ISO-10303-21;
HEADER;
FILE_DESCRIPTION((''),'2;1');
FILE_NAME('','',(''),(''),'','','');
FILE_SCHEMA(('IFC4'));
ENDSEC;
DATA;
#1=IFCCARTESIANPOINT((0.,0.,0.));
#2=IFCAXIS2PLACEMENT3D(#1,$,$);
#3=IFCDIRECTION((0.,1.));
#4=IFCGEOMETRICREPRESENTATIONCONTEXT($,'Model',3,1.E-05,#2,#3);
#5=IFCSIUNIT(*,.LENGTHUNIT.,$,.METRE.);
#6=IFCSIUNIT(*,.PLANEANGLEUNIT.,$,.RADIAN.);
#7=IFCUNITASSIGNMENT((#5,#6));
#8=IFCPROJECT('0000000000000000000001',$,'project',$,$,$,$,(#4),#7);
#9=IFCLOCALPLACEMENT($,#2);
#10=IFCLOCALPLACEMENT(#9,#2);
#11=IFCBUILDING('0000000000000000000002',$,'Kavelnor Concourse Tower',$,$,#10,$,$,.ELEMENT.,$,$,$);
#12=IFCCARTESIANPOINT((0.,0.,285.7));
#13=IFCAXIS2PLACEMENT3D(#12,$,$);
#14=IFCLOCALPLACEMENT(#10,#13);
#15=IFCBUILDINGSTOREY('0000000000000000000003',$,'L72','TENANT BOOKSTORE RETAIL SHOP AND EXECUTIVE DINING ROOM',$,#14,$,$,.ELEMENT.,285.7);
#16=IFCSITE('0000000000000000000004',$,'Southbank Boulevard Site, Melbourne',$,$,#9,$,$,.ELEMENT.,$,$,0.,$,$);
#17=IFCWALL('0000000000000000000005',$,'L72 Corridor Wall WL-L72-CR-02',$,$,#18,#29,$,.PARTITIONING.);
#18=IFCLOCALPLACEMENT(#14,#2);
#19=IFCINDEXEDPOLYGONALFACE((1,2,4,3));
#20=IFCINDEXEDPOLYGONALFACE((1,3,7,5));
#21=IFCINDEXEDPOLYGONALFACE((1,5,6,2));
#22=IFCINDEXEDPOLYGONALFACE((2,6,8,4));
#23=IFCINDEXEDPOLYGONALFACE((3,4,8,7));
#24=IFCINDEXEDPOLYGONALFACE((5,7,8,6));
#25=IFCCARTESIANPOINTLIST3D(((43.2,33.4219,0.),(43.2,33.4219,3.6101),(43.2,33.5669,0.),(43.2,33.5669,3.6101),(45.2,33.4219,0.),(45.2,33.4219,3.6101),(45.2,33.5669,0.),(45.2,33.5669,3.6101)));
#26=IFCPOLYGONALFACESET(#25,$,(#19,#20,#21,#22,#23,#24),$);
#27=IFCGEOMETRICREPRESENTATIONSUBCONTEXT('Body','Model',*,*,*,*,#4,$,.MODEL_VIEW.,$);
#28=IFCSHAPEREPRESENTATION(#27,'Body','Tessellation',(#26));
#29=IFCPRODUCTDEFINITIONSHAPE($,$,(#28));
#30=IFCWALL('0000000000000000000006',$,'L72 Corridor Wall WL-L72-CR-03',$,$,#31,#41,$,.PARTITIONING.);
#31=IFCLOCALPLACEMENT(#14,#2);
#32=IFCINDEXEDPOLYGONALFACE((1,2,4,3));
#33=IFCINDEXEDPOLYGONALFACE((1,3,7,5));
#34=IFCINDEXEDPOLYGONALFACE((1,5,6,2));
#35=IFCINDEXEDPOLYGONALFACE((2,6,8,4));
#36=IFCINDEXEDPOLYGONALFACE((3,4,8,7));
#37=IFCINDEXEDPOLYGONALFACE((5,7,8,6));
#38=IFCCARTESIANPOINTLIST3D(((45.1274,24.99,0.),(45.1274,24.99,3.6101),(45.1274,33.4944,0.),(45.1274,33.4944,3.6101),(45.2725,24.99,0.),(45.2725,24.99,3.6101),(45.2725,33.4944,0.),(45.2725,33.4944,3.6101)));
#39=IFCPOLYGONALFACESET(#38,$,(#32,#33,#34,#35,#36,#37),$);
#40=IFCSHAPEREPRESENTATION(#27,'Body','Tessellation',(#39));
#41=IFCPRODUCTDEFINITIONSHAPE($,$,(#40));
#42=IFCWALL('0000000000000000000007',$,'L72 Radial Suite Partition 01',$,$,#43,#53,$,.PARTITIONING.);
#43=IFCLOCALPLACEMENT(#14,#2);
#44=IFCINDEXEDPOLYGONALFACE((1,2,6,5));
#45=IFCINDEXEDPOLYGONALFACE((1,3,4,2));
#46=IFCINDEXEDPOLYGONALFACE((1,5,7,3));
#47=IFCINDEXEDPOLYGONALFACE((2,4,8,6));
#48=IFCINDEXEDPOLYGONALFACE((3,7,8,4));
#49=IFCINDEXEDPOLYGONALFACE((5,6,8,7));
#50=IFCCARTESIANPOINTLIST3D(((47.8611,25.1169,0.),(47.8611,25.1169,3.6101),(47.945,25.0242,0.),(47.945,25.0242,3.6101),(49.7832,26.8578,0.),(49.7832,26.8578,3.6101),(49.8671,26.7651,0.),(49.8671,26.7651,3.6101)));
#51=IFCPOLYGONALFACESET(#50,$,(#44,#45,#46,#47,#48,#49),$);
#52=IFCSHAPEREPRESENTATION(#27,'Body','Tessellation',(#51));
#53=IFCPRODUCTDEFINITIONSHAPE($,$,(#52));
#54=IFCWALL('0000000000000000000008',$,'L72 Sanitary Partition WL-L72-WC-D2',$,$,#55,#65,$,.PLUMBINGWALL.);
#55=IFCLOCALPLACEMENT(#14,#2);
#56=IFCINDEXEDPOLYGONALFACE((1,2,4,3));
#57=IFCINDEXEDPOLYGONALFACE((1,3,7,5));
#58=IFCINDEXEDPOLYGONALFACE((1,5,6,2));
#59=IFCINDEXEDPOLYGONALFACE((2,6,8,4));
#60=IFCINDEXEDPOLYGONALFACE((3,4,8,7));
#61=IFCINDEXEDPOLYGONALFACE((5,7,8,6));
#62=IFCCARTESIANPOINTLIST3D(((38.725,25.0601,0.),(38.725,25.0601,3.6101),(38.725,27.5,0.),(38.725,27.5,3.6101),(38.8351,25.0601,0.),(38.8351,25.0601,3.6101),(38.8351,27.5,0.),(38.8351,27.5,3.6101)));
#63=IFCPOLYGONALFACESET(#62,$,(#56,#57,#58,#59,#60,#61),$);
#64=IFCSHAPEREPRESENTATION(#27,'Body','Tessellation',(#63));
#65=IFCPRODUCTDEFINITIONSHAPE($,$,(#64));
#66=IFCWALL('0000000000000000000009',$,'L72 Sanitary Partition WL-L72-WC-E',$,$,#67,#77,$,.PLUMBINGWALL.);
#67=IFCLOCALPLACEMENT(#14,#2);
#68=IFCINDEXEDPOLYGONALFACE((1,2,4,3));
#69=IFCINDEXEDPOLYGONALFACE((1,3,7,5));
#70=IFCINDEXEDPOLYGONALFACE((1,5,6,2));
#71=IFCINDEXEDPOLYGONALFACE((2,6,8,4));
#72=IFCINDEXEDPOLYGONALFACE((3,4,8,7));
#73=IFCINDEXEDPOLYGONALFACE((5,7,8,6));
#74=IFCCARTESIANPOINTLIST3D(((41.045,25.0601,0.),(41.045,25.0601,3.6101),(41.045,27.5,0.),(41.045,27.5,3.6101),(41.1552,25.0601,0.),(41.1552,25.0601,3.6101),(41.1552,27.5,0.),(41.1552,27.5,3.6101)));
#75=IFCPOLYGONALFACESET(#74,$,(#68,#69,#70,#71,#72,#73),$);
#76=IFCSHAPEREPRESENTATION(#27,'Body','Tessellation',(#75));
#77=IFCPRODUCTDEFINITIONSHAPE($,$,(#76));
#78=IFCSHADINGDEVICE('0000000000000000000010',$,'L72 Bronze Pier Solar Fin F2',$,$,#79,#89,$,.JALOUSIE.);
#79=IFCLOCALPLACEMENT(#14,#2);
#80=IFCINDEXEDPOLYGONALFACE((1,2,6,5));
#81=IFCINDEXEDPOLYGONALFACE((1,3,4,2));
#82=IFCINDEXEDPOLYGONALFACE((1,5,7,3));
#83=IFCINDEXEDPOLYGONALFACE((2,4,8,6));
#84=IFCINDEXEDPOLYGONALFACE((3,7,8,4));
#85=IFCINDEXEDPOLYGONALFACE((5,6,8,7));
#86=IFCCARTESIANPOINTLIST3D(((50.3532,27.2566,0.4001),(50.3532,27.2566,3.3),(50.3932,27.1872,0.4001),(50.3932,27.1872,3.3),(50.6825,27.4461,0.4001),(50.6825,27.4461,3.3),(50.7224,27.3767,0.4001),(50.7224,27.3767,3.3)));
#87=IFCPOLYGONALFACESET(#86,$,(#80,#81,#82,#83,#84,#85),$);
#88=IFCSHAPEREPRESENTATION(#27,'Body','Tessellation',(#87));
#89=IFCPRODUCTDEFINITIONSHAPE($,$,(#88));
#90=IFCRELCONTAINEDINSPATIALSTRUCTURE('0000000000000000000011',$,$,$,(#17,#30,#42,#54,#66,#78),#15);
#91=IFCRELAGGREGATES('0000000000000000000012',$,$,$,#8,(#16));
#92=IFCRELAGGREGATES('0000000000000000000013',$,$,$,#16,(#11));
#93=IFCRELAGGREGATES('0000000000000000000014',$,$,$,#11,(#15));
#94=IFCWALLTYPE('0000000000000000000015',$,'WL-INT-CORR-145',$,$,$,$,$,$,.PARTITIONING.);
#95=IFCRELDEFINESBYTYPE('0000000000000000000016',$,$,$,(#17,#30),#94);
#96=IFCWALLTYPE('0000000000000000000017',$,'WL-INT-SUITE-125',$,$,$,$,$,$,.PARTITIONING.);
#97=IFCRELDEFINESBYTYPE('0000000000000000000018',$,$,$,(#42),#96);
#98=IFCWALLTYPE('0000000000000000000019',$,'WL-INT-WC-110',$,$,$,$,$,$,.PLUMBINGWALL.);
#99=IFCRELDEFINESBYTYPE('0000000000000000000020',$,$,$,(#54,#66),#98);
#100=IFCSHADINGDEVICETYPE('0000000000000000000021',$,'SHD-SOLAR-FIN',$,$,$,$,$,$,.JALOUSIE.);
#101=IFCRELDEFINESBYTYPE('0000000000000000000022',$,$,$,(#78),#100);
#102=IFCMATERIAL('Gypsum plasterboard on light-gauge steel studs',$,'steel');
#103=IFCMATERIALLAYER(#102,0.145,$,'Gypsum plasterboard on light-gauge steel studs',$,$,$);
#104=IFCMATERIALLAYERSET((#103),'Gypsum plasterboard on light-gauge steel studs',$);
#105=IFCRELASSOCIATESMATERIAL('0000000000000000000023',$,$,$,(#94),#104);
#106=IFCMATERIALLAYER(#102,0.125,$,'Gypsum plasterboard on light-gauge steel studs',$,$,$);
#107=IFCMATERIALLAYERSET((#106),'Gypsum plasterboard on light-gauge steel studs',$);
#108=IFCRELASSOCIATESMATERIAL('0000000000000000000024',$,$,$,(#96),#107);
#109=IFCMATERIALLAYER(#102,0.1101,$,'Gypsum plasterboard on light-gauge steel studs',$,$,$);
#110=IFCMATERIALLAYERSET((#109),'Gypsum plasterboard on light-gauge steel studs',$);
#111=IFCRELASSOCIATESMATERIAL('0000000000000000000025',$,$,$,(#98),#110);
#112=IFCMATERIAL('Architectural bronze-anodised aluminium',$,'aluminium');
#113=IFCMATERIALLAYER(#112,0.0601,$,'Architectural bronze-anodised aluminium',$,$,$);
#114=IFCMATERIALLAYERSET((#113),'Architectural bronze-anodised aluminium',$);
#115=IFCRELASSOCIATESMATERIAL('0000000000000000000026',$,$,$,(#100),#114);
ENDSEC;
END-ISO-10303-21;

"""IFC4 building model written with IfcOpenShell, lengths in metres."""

from ifc_helpers import new_model, si_unit, direction, frame, frame_2d, origin, origin_2d, place, context, subcontext, project, spatial, rectangle, extrude, material, layer, layer_set, type_object, element, save


model = new_model("IFC4")

# Units and contexts
model_context = context("Model", 3, precision=1e-05, world=origin(), true_north=direction((0.0, 1.0)))
body_context = subcontext(model_context, "Body", "Model", "MODEL_VIEW")
ifc_project = project(units=[si_unit("LENGTHUNIT", "METRE"), si_unit("PLANEANGLEUNIT", "RADIAN")], contexts=[model_context])

# Site, building, storey
site_placement = place(None, origin())
site = spatial("IfcSite", under=ifc_project, at=site_placement, Name="Southbank Boulevard Site, Melbourne", CompositionType="ELEMENT", RefElevation=0.0)
building_placement = place(site_placement, origin())
building = spatial("IfcBuilding", under=site, at=building_placement, Name="Kavelnor Concourse Tower", CompositionType="ELEMENT")
storey_placement = place(building_placement, frame((0.0, 0.0, 285.7)))
storey = spatial("IfcBuildingStorey", under=building, at=storey_placement, Name="L72", Description="TENANT BOOKSTORE RETAIL SHOP AND EXECUTIVE DINING ROOM", CompositionType="ELEMENT", Elevation=285.7)

# Walls
ifc_material_1 = material(Name="Gypsum plasterboard on light-gauge steel studs", Category="steel")
ifc_layer_1 = layer(ifc_material_1, 0.145, Name="Gypsum plasterboard on light-gauge steel studs")
ifc_layer_set_1 = layer_set([ifc_layer_1], Name="Gypsum plasterboard on light-gauge steel studs")
wall_type_1 = type_object("IfcWallType", Name="WL-INT-CORR-145", PredefinedType="PARTITIONING", material=ifc_layer_set_1)
wall_1_placement = place(storey_placement, frame((43.2, 33.4944, 0.0), z_axis=(0.0, 0.0, 1.0), x_axis=(1.0, 0.0, 0.0)))
element("IfcWall", 1, at=wall_1_placement, inside=storey, type_object=wall_type_1, Name="L72 Corridor Wall WL-L72-CR-02", PredefinedType="PARTITIONING", context=body_context, shape_type="SweptSolid", body=[
    extrude(rectangle(XDim=2.0, YDim=0.145, at=frame_2d((1.0, 0.0))), origin(), (0.0, 0.0, 1.0), 3.6101),
])
wall_2_placement = place(storey_placement, frame((45.2, 33.4944, 0.0), z_axis=(0.0, 0.0, 1.0), x_axis=(0.0, -1.0, 0.0)))
element("IfcWall", 2, at=wall_2_placement, inside=storey, type_object=wall_type_1, Name="L72 Corridor Wall WL-L72-CR-03", PredefinedType="PARTITIONING", context=body_context, shape_type="SweptSolid", body=[
    extrude(rectangle(XDim=8.5044, YDim=0.145, at=frame_2d((4.2522, 0.0))), origin(), (0.0, 0.0, 1.0), 3.6101),
])
ifc_layer_2 = layer(ifc_material_1, 0.125, Name="Gypsum plasterboard on light-gauge steel studs")
ifc_layer_set_2 = layer_set([ifc_layer_2], Name="Gypsum plasterboard on light-gauge steel studs")
wall_type_2 = type_object("IfcWallType", Name="WL-INT-SUITE-125", PredefinedType="PARTITIONING", material=ifc_layer_set_2)
wall_3_placement = place(storey_placement, frame((47.9031, 25.0706, 0.0), z_axis=(0.0, 0.0, 1.0), x_axis=(0.74117, 0.671317, 0.0)))
element("IfcWall", 3, at=wall_3_placement, inside=storey, type_object=wall_type_2, Name="L72 Radial Suite Partition 01", PredefinedType="PARTITIONING", context=body_context, shape_type="SweptSolid", body=[
    extrude(rectangle(XDim=2.5933, YDim=0.125, at=frame_2d((1.2966, 0.0))), origin(), (0.0, 0.0, 1.0), 3.6101),
])
ifc_layer_3 = layer(ifc_material_1, 0.1101, Name="Gypsum plasterboard on light-gauge steel studs")
ifc_layer_set_3 = layer_set([ifc_layer_3], Name="Gypsum plasterboard on light-gauge steel studs")
wall_type_3 = type_object("IfcWallType", Name="WL-INT-WC-110", PredefinedType="PLUMBINGWALL", material=ifc_layer_set_3)
for number, where, z_axis, x_axis, name in (
    (4, (38.78, 25.0601, 0.0), (0.0, 0.0, 1.0), (0.0, 1.0, 0.0), "L72 Sanitary Partition WL-L72-WC-D2"),
    (5, (41.1001, 25.0601, 0.0), (0.0, 0.0, 1.0), (0.0, 1.0, 0.0), "L72 Sanitary Partition WL-L72-WC-E"),
):
    element("IfcWall", number, at=place(storey_placement, frame(where, z_axis=z_axis, x_axis=x_axis)), inside=storey, type_object=wall_type_3, Name=name, PredefinedType="PLUMBINGWALL", context=body_context, shape_type="SweptSolid", body=[
        extrude(rectangle(XDim=2.4399, YDim=0.1101, at=frame_2d((1.22, 0.0))), origin(), (0.0, 0.0, 1.0), 3.6101),
    ])

# Shading device
ifc_material_2 = material(Name="Architectural bronze-anodised aluminium", Category="aluminium")
ifc_layer_4 = layer(ifc_material_2, 0.0601, Name="Architectural bronze-anodised aluminium")
ifc_layer_set_4 = layer_set([ifc_layer_4], Name="Architectural bronze-anodised aluminium")
shading_device_type = type_object("IfcShadingDeviceType", Name="SHD-SOLAR-FIN", PredefinedType="JALOUSIE", material=ifc_layer_set_4)
shading_device_placement = place(storey_placement, frame((50.5378, 27.3167, 0.4001), z_axis=(0.0, 0.0, 1.0), x_axis=(0.86681, 0.498639, 0.0)))
element("IfcShadingDevice", 6, at=shading_device_placement, inside=storey, type_object=shading_device_type, Name="L72 Bronze Pier Solar Fin F2", PredefinedType="JALOUSIE", context=body_context, shape_type="SweptSolid", body=[
    extrude(rectangle(XDim=0.3799, YDim=0.0801, at=origin_2d()), origin(), (0.0, 0.0, 1.0), 2.8999),
])

save(model, "model.ifc")
